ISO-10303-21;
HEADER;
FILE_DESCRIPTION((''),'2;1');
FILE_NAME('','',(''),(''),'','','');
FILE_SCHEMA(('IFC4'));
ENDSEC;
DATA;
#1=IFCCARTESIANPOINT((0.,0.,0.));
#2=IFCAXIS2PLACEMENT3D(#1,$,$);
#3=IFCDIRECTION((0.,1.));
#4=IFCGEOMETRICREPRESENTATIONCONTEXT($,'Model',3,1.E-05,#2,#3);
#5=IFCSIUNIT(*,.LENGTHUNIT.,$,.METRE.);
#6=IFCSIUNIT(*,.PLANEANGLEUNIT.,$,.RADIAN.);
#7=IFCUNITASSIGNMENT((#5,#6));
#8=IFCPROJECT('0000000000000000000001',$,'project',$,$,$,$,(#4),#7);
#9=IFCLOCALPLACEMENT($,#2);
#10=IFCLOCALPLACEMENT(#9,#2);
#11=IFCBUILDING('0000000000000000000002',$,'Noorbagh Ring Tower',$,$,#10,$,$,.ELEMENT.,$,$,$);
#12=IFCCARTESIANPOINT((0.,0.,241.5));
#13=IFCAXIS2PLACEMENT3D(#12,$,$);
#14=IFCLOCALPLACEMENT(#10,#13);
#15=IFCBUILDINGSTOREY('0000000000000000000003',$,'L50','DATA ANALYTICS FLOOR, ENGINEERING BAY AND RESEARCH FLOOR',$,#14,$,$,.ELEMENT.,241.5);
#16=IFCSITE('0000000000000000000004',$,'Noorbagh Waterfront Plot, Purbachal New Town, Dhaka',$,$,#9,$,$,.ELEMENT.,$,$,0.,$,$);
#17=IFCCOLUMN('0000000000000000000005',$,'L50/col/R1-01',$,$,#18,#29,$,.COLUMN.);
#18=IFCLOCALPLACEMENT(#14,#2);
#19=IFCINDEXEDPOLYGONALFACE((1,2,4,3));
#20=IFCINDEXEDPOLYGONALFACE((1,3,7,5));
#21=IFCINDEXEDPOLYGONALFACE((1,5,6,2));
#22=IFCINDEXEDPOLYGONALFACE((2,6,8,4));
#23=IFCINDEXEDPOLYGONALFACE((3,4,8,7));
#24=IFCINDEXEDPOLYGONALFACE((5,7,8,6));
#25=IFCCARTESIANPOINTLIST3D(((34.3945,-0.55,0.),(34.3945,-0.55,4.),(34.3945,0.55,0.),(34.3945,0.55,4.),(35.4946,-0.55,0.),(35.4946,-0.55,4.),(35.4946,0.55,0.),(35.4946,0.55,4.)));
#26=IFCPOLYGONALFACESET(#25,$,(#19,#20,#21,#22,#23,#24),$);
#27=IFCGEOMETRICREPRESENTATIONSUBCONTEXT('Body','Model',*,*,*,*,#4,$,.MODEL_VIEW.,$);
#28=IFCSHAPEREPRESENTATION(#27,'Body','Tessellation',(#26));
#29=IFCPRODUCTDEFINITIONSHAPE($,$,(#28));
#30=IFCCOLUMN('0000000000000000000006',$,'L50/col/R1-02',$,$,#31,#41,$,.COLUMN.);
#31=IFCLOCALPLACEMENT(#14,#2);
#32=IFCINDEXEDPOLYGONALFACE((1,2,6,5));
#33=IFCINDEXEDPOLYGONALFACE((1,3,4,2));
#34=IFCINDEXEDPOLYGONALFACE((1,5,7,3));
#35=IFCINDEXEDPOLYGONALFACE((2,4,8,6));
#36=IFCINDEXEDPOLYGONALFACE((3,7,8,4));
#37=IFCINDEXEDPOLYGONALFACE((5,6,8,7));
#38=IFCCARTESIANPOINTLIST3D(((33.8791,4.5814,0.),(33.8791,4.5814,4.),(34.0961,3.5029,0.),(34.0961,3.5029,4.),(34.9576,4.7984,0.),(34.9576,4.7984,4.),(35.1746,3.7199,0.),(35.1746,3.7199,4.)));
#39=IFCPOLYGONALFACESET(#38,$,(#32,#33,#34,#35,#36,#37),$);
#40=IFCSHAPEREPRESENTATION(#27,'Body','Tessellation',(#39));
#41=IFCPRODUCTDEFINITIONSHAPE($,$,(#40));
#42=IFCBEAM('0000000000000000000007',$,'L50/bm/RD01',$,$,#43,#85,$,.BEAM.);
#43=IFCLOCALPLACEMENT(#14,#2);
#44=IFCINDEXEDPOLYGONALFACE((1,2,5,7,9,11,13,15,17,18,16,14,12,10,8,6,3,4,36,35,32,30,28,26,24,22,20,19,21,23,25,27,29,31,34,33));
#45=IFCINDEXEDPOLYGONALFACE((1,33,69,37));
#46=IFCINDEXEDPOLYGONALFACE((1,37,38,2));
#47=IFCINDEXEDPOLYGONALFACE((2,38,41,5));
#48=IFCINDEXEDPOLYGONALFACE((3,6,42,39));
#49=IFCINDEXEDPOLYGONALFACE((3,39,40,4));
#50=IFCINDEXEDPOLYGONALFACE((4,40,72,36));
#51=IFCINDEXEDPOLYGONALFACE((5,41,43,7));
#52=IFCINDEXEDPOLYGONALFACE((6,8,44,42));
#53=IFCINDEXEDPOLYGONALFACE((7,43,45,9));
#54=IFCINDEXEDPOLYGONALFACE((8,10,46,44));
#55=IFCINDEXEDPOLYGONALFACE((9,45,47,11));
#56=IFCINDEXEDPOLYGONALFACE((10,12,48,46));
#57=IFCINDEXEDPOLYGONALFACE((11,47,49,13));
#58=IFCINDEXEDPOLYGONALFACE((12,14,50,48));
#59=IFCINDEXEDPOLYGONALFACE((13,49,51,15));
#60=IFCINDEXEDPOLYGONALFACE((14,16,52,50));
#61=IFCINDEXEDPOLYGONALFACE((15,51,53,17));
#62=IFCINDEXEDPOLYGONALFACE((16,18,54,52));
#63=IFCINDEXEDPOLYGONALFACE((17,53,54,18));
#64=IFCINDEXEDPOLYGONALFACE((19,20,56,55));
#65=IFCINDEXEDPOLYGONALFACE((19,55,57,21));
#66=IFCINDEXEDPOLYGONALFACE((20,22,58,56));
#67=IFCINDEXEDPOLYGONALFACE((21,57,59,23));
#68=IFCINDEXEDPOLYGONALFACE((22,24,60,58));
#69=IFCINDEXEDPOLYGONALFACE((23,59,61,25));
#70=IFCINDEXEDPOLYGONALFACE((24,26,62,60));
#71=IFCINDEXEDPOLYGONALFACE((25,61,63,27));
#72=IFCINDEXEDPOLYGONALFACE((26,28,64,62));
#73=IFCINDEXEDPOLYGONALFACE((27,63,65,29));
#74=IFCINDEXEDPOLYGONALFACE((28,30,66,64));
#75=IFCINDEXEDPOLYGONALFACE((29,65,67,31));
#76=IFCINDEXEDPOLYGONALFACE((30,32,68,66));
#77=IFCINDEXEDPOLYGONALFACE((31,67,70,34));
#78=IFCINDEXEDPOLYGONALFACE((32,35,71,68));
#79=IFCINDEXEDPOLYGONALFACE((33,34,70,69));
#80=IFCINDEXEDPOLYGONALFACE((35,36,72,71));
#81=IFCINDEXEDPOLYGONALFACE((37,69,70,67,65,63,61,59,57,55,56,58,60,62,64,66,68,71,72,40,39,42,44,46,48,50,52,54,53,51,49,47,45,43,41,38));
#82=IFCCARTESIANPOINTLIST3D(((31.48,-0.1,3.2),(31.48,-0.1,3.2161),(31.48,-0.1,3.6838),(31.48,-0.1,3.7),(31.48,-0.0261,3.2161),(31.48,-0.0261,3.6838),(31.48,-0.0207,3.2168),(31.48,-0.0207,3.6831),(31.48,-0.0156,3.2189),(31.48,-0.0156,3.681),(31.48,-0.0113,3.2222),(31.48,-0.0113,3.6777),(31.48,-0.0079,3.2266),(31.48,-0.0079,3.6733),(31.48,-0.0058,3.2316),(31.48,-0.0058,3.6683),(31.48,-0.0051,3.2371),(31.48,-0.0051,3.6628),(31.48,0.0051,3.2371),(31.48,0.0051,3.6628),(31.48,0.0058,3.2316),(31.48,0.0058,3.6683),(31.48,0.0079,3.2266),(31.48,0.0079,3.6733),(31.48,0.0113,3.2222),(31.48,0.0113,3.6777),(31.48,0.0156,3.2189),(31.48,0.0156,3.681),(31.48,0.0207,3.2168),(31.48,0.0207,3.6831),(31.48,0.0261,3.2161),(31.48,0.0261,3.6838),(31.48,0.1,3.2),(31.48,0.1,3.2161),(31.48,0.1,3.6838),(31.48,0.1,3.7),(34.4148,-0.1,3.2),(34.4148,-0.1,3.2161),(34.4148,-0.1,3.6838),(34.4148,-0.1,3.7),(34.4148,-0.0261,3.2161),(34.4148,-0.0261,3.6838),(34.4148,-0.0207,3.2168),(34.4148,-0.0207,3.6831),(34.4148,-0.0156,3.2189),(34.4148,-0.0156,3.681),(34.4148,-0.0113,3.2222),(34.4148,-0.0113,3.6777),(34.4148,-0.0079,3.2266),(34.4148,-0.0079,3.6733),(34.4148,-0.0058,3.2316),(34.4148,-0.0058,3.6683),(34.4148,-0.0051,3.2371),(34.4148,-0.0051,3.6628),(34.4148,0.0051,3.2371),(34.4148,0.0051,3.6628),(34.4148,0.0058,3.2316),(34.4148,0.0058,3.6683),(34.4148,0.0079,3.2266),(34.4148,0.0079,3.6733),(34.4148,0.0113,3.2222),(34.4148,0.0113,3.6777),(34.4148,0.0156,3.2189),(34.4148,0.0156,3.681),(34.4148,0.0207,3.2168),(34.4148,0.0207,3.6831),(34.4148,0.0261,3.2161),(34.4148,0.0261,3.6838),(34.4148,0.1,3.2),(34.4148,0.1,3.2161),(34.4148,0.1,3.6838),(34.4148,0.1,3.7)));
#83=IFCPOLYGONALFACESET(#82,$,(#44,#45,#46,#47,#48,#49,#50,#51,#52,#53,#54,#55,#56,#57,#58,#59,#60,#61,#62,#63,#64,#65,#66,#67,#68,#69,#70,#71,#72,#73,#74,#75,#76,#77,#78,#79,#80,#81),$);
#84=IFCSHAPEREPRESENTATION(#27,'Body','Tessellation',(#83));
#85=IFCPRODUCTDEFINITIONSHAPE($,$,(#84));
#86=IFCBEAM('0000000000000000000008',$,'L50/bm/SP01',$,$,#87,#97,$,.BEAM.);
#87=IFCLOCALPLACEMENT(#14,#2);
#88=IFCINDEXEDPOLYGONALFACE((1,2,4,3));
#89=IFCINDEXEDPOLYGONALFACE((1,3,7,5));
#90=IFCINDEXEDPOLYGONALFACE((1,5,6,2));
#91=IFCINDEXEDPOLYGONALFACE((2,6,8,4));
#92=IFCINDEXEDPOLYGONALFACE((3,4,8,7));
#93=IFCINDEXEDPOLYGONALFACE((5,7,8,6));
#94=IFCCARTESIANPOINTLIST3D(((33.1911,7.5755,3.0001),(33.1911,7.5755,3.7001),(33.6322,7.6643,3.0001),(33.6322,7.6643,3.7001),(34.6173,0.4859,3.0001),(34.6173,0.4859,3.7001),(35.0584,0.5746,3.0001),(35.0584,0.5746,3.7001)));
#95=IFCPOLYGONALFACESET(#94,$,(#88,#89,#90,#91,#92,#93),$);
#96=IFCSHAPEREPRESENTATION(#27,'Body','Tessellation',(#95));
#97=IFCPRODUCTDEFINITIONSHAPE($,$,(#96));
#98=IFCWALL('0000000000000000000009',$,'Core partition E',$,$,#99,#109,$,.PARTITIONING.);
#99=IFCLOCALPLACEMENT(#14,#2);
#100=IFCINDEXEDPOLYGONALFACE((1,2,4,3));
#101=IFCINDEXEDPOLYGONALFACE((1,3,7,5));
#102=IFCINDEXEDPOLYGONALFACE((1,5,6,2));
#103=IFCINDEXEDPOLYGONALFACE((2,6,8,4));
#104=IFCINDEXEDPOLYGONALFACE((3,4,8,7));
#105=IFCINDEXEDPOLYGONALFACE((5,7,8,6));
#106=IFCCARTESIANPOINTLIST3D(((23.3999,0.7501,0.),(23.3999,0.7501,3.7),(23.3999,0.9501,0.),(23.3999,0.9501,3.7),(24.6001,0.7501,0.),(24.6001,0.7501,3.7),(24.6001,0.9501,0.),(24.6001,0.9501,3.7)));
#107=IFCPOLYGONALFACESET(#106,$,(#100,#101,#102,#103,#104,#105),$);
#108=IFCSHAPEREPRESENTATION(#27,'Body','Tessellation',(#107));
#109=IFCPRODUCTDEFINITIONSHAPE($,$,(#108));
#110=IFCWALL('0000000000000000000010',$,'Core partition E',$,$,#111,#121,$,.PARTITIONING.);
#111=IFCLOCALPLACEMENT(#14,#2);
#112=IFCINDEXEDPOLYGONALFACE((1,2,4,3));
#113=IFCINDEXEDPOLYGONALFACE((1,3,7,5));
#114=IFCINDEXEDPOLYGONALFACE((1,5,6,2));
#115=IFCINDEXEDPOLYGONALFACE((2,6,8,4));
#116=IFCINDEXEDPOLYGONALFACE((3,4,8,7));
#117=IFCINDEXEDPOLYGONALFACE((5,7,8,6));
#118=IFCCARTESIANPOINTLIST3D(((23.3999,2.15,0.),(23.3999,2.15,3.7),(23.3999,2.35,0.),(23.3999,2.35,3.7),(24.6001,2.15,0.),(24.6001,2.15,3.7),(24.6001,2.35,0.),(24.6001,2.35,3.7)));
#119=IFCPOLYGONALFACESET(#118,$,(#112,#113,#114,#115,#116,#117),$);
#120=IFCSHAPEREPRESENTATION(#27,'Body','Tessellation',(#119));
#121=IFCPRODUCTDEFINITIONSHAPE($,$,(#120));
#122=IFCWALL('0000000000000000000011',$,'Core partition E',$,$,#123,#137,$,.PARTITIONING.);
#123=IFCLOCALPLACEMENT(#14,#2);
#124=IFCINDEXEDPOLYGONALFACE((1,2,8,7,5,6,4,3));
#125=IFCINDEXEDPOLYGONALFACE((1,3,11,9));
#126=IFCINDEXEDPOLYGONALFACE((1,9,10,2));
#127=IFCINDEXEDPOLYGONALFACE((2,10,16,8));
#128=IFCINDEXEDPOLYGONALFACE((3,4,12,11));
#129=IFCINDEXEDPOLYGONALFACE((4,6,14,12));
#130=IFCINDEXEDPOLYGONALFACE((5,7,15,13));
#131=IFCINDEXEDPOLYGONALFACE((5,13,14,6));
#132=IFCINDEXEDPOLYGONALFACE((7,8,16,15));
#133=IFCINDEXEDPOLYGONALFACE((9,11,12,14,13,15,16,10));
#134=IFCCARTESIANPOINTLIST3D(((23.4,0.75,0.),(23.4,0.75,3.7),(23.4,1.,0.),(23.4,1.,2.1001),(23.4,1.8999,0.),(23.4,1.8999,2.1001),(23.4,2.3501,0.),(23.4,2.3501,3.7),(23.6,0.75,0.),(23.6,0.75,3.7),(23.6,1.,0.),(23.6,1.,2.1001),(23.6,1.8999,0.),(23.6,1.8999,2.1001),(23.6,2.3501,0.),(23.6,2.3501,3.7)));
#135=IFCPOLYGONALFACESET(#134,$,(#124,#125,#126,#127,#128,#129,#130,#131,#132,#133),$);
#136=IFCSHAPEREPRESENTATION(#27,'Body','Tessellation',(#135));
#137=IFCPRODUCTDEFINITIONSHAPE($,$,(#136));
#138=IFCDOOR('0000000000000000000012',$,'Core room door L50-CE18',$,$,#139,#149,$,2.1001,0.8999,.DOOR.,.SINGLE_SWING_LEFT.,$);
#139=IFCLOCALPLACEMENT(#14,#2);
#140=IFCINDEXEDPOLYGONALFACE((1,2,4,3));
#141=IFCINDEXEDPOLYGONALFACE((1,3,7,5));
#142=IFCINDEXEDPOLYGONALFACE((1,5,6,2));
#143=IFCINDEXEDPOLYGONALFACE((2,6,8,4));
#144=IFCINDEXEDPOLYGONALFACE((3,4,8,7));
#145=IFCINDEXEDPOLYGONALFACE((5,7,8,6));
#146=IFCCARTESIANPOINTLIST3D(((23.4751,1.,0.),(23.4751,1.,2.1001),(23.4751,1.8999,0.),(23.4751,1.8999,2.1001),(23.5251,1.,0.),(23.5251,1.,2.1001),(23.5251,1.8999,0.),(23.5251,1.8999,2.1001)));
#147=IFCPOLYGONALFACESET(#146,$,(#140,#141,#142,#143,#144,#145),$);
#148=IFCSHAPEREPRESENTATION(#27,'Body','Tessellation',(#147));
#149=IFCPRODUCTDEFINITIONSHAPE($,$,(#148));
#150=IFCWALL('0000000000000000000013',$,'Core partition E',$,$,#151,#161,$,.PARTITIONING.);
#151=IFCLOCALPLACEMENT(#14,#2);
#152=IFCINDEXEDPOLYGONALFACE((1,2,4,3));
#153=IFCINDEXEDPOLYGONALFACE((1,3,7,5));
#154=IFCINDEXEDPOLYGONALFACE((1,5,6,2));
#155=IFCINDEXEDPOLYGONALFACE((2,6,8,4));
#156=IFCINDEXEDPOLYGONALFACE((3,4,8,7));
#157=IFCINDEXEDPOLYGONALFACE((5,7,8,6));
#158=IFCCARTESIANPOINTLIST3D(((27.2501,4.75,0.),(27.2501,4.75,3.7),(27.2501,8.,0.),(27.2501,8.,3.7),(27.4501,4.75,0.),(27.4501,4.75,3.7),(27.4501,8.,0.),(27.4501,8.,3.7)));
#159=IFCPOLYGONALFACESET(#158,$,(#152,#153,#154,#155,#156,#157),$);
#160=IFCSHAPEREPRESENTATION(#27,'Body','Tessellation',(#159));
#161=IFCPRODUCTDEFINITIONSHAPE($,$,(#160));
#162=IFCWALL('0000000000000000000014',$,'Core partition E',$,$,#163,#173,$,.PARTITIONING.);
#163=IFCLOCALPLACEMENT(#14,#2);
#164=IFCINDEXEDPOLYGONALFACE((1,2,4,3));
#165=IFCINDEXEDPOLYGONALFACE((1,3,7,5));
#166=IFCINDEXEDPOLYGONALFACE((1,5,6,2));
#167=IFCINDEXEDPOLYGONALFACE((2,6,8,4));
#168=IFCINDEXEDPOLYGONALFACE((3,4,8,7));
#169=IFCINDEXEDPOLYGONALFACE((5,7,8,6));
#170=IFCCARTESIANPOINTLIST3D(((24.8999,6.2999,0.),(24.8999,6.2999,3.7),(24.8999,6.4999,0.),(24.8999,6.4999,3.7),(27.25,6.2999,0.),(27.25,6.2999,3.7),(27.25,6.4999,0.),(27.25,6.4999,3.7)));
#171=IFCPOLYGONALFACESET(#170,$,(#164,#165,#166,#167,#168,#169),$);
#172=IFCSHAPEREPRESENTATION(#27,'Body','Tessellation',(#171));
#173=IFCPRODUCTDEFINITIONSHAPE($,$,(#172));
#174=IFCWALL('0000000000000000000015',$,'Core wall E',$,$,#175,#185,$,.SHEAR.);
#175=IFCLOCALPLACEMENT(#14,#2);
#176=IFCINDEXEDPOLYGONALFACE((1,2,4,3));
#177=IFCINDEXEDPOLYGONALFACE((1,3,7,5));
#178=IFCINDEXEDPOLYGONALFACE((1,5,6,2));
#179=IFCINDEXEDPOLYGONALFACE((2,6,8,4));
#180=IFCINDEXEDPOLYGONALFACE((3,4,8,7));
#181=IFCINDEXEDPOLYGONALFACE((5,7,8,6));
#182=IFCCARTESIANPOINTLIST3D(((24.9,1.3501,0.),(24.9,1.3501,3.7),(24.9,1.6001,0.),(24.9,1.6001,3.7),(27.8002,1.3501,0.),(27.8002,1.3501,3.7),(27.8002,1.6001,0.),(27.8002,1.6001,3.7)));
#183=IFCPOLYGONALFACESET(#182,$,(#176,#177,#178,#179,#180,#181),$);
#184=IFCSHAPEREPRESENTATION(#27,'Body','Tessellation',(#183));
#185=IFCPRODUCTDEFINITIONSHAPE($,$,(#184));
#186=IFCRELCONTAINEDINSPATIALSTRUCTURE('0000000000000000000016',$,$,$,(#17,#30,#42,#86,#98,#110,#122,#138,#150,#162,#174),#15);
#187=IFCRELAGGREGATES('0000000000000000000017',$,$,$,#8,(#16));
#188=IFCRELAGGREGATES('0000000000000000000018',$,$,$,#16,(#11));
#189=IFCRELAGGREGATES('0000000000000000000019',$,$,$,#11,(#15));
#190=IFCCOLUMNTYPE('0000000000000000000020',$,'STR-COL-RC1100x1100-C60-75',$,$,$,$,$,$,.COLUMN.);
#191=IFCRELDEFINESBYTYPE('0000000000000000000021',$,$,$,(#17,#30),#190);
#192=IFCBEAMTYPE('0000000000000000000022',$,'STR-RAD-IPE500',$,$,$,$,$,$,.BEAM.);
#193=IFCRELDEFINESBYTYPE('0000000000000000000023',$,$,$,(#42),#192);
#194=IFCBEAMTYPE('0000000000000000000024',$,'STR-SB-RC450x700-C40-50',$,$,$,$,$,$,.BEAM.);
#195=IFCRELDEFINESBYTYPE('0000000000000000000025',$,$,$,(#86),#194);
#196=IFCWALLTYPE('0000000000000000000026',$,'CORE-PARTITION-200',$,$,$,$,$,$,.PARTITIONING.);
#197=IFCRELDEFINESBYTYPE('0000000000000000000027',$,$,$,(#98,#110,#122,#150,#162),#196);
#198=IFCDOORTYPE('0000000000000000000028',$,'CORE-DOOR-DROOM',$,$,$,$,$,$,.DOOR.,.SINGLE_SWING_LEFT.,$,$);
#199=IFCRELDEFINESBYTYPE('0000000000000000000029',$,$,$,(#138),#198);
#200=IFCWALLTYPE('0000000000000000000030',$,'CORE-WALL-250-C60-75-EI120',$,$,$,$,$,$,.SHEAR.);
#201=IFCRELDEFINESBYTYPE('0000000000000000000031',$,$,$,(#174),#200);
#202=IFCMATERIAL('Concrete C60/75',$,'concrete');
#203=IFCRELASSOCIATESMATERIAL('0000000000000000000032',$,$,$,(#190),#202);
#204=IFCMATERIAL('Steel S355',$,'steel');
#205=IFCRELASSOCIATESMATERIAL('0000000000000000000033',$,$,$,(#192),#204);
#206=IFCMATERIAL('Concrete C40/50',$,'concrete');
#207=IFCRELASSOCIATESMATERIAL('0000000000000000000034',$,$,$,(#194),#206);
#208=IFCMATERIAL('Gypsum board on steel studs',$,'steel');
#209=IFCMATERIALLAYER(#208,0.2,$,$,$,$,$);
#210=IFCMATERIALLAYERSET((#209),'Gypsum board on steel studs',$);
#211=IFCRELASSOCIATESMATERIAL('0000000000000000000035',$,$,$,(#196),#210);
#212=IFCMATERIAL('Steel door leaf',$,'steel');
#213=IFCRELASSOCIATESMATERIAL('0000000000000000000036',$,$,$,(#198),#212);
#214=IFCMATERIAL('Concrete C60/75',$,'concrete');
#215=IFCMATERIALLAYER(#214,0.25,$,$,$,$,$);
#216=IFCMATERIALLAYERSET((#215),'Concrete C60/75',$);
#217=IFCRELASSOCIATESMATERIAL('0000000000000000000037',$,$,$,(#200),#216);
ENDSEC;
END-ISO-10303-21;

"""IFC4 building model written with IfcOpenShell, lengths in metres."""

from ifc_helpers import new_model, si_unit, direction, frame, frame_2d, origin, origin_2d, place, context, subcontext, project, spatial, rectangle, i_section, extrude, material, layer, layer_set, material_profile, profile_set, type_object, element, fill, save


model = new_model("IFC4")

# Units and contexts
model_context = context("Model", 3, precision=1e-05, world=origin(), true_north=direction((0.0, 1.0)))
body_context = subcontext(model_context, "Body", "Model", "MODEL_VIEW")
ifc_project = project(units=[si_unit("LENGTHUNIT", "METRE"), si_unit("PLANEANGLEUNIT", "RADIAN")], contexts=[model_context])

# Site, building, storey
site_placement = place(None, origin())
site = spatial("IfcSite", under=ifc_project, at=site_placement, Name="Noorbagh Waterfront Plot, Purbachal New Town, Dhaka", CompositionType="ELEMENT", RefElevation=0.0)
building_placement = place(site_placement, origin())
building = spatial("IfcBuilding", under=site, at=building_placement, Name="Noorbagh Ring Tower", CompositionType="ELEMENT")
storey_placement = place(building_placement, frame((0.0, 0.0, 241.5)))
storey = spatial("IfcBuildingStorey", under=building, at=storey_placement, Name="L50", Description="DATA ANALYTICS FLOOR, ENGINEERING BAY AND RESEARCH FLOOR", CompositionType="ELEMENT", Elevation=241.5)

# Columns
ifc_material_1 = material(Name="Concrete C60/75", Category="concrete")
ifc_material_profile_1 = material_profile(ifc_material_1, rectangle(XDim=1.1001, YDim=1.1001, at=origin_2d()), Name="RC1100x1100")
ifc_profile_set_1 = profile_set([ifc_material_profile_1], Name="Concrete C60/75")
column_type = type_object("IfcColumnType", Name="STR-COL-RC1100x1100-C60-75", PredefinedType="COLUMN", material=ifc_profile_set_1)
for number, where, z_axis, x_axis, name in (
    (1, (34.9446, 0.0, 0.0), (0.0, 0.0, 1.0), (0.0, 1.0, 0.0), "L50/col/R1-01"),
    (2, (34.5269, 4.1506, 0.0), (0.0, 0.0, 1.0), (-0.19723, 0.980357, 0.0), "L50/col/R1-02"),
):
    element("IfcColumn", number, at=place(storey_placement, frame(where, z_axis=z_axis, x_axis=x_axis)), inside=storey, type_object=column_type, Name=name, PredefinedType="COLUMN", context=body_context, shape_type="SweptSolid", body=[
        extrude(rectangle(XDim=1.1001, YDim=1.1001, at=origin_2d()), origin(), (0.0, 0.0, 1.0), 4.0),
    ])

# Beams
ifc_material_2 = material(Name="Steel S355", Category="steel")
ifc_material_profile_2 = material_profile(ifc_material_2, i_section(OverallWidth=0.2, OverallDepth=0.5, WebThickness=0.0103, FlangeThickness=0.0161, FilletRadius=0.021, at=origin_2d()), Name="IPE500")
ifc_profile_set_2 = profile_set([ifc_material_profile_2], Name="Steel S355")
beam_type_1 = type_object("IfcBeamType", Name="STR-RAD-IPE500", PredefinedType="BEAM", material=ifc_profile_set_2)
beam_1_placement = place(storey_placement, frame((34.4148, 0.0, 3.45), z_axis=(-1.0, 0.0, 0.0), x_axis=(0.0, -1.0, 0.0)))
element("IfcBeam", 3, at=beam_1_placement, inside=storey, type_object=beam_type_1, Name="L50/bm/RD01", PredefinedType="BEAM", context=body_context, shape_type="SweptSolid", body=[
    extrude(i_section(OverallWidth=0.2, OverallDepth=0.5, WebThickness=0.0103, FlangeThickness=0.0161, FilletRadius=0.021, at=origin_2d()), origin(), (0.0, 0.0, 1.0), 2.9348),
])
ifc_material_3 = material(Name="Concrete C40/50", Category="concrete")
ifc_material_profile_3 = material_profile(ifc_material_3, rectangle(XDim=0.45, YDim=0.7, at=origin_2d()), Name="RC450x700")
ifc_profile_set_3 = profile_set([ifc_material_profile_3], Name="Concrete C40/50")
beam_type_2 = type_object("IfcBeamType", Name="STR-SB-RC450x700-C40-50", PredefinedType="BEAM", material=ifc_profile_set_3)
beam_2_placement = place(storey_placement, frame((34.8379, 0.5303, 3.3501), z_axis=(-0.197226, 0.980358, 0.0), x_axis=(-0.980358, -0.197226, 0.0)))
element("IfcBeam", 4, at=beam_2_placement, inside=storey, type_object=beam_type_2, Name="L50/bm/SP01", PredefinedType="BEAM", context=body_context, shape_type="SweptSolid", body=[
    extrude(rectangle(XDim=0.45, YDim=0.7, at=origin_2d()), origin(), (0.0, 0.0, 1.0), 7.2317),
])

# Walls
ifc_material_4 = material(Name="Gypsum board on steel studs", Category="steel")
ifc_layer_1 = layer(ifc_material_4, 0.2)
ifc_layer_set_1 = layer_set([ifc_layer_1], Name="Gypsum board on steel studs")
wall_type_1 = type_object("IfcWallType", Name="CORE-PARTITION-200", PredefinedType="PARTITIONING", material=ifc_layer_set_1)
for number, where, z_axis, x_axis, name in (
    (5, (23.3999, 0.8501, 0.0), (0.0, 0.0, 1.0), (1.0, 0.0, 0.0), "Core partition E"),
    (6, (23.3999, 2.25, 0.0), (0.0, 0.0, 1.0), (1.0, 0.0, 0.0), "Core partition E"),
):
    element("IfcWall", number, at=place(storey_placement, frame(where, z_axis=z_axis, x_axis=x_axis)), inside=storey, type_object=wall_type_1, Name=name, PredefinedType="PARTITIONING", context=body_context, shape_type="SweptSolid", body=[
        extrude(rectangle(XDim=1.2002, YDim=0.2, at=frame_2d((0.6001, 0.0))), origin(), (0.0, 0.0, 1.0), 3.7),
    ])

# Wall, opening, door
wall_1_placement = place(storey_placement, frame((23.5, 0.75, 0.0), z_axis=(0.0, 0.0, 1.0), x_axis=(0.0, 1.0, 0.0)))
wall_1 = element("IfcWall", 7, at=wall_1_placement, inside=storey, type_object=wall_type_1, Name="Core partition E", PredefinedType="PARTITIONING", context=body_context, shape_type="SweptSolid", body=[
    extrude(rectangle(XDim=1.6001, YDim=0.2, at=frame_2d((0.8, 0.0))), origin(), (0.0, 0.0, 1.0), 3.7),
])
opening_1_placement = place(wall_1_placement, frame((0.25, 0.0, 0.0)))
opening_1 = element("IfcOpeningElement", 8, at=opening_1_placement, cuts=wall_1, PredefinedType="OPENING", context=body_context, shape_type="SweptSolid", body=[
    extrude(rectangle(XDim=0.8999, YDim=2.1001, at=frame_2d((0.45, 1.05))), frame((0.0, 0.1099, 0.0), z_axis=(0.0, -1.0, 0.0), x_axis=(1.0, 0.0, 0.0)), (0.0, 0.0, 1.0), 0.22),
])
ifc_material_5 = material(Name="Steel door leaf", Category="steel")
door_type_1 = type_object("IfcDoorType", Name="CORE-DOOR-DROOM", OperationType="SINGLE_SWING_LEFT", PredefinedType="DOOR", material=ifc_material_5)
door_1_placement = place(opening_1_placement, origin())
door_1 = element("IfcDoor", 9, at=door_1_placement, inside=storey, type_object=door_type_1, Name="Core room door L50-CE18", OperationType="SINGLE_SWING_LEFT", OverallHeight=2.1001, OverallWidth=0.8999, PredefinedType="DOOR", context=body_context, shape_type="SweptSolid", body=[
    extrude(rectangle(XDim=0.8999, YDim=2.1001, at=frame_2d((0.45, 1.05))), frame((0.0, 0.0249, 0.0), z_axis=(0.0, -1.0, 0.0), x_axis=(1.0, 0.0, 0.0)), (0.0, 0.0, 1.0), 0.05),
])
fill(opening_1, door_1)

# Walls
wall_2_placement = place(storey_placement, frame((27.3501, 4.75, 0.0), z_axis=(0.0, 0.0, 1.0), x_axis=(0.0, 1.0, 0.0)))
element("IfcWall", 10, at=wall_2_placement, inside=storey, type_object=wall_type_1, Name="Core partition E", PredefinedType="PARTITIONING", context=body_context, shape_type="SweptSolid", body=[
    extrude(rectangle(XDim=3.25, YDim=0.2, at=frame_2d((1.625, 0.0))), origin(), (0.0, 0.0, 1.0), 3.7),
])
wall_3_placement = place(storey_placement, frame((24.8999, 6.3999, 0.0), z_axis=(0.0, 0.0, 1.0), x_axis=(1.0, 0.0, 0.0)))
element("IfcWall", 11, at=wall_3_placement, inside=storey, type_object=wall_type_1, Name="Core partition E", PredefinedType="PARTITIONING", context=body_context, shape_type="SweptSolid", body=[
    extrude(rectangle(XDim=2.3501, YDim=0.2, at=frame_2d((1.175, 0.0))), origin(), (0.0, 0.0, 1.0), 3.7),
])
ifc_material_6 = material(Name="Concrete C60/75", Category="concrete")
ifc_layer_2 = layer(ifc_material_6, 0.25)
ifc_layer_set_2 = layer_set([ifc_layer_2], Name="Concrete C60/75")
wall_type_2 = type_object("IfcWallType", Name="CORE-WALL-250-C60-75-EI120", PredefinedType="SHEAR", material=ifc_layer_set_2)
wall_4_placement = place(storey_placement, frame((24.8999, 1.4751, 0.0), z_axis=(0.0, 0.0, 1.0), x_axis=(1.0, 0.0, 0.0)))
element("IfcWall", 12, at=wall_4_placement, inside=storey, type_object=wall_type_2, Name="Core wall E", PredefinedType="SHEAR", context=body_context, shape_type="SweptSolid", body=[
    extrude(rectangle(XDim=2.9001, YDim=0.25, at=frame_2d((1.4502, 0.0))), origin(), (0.0, 0.0, 1.0), 3.7),
])

save(model, "model.ifc")
